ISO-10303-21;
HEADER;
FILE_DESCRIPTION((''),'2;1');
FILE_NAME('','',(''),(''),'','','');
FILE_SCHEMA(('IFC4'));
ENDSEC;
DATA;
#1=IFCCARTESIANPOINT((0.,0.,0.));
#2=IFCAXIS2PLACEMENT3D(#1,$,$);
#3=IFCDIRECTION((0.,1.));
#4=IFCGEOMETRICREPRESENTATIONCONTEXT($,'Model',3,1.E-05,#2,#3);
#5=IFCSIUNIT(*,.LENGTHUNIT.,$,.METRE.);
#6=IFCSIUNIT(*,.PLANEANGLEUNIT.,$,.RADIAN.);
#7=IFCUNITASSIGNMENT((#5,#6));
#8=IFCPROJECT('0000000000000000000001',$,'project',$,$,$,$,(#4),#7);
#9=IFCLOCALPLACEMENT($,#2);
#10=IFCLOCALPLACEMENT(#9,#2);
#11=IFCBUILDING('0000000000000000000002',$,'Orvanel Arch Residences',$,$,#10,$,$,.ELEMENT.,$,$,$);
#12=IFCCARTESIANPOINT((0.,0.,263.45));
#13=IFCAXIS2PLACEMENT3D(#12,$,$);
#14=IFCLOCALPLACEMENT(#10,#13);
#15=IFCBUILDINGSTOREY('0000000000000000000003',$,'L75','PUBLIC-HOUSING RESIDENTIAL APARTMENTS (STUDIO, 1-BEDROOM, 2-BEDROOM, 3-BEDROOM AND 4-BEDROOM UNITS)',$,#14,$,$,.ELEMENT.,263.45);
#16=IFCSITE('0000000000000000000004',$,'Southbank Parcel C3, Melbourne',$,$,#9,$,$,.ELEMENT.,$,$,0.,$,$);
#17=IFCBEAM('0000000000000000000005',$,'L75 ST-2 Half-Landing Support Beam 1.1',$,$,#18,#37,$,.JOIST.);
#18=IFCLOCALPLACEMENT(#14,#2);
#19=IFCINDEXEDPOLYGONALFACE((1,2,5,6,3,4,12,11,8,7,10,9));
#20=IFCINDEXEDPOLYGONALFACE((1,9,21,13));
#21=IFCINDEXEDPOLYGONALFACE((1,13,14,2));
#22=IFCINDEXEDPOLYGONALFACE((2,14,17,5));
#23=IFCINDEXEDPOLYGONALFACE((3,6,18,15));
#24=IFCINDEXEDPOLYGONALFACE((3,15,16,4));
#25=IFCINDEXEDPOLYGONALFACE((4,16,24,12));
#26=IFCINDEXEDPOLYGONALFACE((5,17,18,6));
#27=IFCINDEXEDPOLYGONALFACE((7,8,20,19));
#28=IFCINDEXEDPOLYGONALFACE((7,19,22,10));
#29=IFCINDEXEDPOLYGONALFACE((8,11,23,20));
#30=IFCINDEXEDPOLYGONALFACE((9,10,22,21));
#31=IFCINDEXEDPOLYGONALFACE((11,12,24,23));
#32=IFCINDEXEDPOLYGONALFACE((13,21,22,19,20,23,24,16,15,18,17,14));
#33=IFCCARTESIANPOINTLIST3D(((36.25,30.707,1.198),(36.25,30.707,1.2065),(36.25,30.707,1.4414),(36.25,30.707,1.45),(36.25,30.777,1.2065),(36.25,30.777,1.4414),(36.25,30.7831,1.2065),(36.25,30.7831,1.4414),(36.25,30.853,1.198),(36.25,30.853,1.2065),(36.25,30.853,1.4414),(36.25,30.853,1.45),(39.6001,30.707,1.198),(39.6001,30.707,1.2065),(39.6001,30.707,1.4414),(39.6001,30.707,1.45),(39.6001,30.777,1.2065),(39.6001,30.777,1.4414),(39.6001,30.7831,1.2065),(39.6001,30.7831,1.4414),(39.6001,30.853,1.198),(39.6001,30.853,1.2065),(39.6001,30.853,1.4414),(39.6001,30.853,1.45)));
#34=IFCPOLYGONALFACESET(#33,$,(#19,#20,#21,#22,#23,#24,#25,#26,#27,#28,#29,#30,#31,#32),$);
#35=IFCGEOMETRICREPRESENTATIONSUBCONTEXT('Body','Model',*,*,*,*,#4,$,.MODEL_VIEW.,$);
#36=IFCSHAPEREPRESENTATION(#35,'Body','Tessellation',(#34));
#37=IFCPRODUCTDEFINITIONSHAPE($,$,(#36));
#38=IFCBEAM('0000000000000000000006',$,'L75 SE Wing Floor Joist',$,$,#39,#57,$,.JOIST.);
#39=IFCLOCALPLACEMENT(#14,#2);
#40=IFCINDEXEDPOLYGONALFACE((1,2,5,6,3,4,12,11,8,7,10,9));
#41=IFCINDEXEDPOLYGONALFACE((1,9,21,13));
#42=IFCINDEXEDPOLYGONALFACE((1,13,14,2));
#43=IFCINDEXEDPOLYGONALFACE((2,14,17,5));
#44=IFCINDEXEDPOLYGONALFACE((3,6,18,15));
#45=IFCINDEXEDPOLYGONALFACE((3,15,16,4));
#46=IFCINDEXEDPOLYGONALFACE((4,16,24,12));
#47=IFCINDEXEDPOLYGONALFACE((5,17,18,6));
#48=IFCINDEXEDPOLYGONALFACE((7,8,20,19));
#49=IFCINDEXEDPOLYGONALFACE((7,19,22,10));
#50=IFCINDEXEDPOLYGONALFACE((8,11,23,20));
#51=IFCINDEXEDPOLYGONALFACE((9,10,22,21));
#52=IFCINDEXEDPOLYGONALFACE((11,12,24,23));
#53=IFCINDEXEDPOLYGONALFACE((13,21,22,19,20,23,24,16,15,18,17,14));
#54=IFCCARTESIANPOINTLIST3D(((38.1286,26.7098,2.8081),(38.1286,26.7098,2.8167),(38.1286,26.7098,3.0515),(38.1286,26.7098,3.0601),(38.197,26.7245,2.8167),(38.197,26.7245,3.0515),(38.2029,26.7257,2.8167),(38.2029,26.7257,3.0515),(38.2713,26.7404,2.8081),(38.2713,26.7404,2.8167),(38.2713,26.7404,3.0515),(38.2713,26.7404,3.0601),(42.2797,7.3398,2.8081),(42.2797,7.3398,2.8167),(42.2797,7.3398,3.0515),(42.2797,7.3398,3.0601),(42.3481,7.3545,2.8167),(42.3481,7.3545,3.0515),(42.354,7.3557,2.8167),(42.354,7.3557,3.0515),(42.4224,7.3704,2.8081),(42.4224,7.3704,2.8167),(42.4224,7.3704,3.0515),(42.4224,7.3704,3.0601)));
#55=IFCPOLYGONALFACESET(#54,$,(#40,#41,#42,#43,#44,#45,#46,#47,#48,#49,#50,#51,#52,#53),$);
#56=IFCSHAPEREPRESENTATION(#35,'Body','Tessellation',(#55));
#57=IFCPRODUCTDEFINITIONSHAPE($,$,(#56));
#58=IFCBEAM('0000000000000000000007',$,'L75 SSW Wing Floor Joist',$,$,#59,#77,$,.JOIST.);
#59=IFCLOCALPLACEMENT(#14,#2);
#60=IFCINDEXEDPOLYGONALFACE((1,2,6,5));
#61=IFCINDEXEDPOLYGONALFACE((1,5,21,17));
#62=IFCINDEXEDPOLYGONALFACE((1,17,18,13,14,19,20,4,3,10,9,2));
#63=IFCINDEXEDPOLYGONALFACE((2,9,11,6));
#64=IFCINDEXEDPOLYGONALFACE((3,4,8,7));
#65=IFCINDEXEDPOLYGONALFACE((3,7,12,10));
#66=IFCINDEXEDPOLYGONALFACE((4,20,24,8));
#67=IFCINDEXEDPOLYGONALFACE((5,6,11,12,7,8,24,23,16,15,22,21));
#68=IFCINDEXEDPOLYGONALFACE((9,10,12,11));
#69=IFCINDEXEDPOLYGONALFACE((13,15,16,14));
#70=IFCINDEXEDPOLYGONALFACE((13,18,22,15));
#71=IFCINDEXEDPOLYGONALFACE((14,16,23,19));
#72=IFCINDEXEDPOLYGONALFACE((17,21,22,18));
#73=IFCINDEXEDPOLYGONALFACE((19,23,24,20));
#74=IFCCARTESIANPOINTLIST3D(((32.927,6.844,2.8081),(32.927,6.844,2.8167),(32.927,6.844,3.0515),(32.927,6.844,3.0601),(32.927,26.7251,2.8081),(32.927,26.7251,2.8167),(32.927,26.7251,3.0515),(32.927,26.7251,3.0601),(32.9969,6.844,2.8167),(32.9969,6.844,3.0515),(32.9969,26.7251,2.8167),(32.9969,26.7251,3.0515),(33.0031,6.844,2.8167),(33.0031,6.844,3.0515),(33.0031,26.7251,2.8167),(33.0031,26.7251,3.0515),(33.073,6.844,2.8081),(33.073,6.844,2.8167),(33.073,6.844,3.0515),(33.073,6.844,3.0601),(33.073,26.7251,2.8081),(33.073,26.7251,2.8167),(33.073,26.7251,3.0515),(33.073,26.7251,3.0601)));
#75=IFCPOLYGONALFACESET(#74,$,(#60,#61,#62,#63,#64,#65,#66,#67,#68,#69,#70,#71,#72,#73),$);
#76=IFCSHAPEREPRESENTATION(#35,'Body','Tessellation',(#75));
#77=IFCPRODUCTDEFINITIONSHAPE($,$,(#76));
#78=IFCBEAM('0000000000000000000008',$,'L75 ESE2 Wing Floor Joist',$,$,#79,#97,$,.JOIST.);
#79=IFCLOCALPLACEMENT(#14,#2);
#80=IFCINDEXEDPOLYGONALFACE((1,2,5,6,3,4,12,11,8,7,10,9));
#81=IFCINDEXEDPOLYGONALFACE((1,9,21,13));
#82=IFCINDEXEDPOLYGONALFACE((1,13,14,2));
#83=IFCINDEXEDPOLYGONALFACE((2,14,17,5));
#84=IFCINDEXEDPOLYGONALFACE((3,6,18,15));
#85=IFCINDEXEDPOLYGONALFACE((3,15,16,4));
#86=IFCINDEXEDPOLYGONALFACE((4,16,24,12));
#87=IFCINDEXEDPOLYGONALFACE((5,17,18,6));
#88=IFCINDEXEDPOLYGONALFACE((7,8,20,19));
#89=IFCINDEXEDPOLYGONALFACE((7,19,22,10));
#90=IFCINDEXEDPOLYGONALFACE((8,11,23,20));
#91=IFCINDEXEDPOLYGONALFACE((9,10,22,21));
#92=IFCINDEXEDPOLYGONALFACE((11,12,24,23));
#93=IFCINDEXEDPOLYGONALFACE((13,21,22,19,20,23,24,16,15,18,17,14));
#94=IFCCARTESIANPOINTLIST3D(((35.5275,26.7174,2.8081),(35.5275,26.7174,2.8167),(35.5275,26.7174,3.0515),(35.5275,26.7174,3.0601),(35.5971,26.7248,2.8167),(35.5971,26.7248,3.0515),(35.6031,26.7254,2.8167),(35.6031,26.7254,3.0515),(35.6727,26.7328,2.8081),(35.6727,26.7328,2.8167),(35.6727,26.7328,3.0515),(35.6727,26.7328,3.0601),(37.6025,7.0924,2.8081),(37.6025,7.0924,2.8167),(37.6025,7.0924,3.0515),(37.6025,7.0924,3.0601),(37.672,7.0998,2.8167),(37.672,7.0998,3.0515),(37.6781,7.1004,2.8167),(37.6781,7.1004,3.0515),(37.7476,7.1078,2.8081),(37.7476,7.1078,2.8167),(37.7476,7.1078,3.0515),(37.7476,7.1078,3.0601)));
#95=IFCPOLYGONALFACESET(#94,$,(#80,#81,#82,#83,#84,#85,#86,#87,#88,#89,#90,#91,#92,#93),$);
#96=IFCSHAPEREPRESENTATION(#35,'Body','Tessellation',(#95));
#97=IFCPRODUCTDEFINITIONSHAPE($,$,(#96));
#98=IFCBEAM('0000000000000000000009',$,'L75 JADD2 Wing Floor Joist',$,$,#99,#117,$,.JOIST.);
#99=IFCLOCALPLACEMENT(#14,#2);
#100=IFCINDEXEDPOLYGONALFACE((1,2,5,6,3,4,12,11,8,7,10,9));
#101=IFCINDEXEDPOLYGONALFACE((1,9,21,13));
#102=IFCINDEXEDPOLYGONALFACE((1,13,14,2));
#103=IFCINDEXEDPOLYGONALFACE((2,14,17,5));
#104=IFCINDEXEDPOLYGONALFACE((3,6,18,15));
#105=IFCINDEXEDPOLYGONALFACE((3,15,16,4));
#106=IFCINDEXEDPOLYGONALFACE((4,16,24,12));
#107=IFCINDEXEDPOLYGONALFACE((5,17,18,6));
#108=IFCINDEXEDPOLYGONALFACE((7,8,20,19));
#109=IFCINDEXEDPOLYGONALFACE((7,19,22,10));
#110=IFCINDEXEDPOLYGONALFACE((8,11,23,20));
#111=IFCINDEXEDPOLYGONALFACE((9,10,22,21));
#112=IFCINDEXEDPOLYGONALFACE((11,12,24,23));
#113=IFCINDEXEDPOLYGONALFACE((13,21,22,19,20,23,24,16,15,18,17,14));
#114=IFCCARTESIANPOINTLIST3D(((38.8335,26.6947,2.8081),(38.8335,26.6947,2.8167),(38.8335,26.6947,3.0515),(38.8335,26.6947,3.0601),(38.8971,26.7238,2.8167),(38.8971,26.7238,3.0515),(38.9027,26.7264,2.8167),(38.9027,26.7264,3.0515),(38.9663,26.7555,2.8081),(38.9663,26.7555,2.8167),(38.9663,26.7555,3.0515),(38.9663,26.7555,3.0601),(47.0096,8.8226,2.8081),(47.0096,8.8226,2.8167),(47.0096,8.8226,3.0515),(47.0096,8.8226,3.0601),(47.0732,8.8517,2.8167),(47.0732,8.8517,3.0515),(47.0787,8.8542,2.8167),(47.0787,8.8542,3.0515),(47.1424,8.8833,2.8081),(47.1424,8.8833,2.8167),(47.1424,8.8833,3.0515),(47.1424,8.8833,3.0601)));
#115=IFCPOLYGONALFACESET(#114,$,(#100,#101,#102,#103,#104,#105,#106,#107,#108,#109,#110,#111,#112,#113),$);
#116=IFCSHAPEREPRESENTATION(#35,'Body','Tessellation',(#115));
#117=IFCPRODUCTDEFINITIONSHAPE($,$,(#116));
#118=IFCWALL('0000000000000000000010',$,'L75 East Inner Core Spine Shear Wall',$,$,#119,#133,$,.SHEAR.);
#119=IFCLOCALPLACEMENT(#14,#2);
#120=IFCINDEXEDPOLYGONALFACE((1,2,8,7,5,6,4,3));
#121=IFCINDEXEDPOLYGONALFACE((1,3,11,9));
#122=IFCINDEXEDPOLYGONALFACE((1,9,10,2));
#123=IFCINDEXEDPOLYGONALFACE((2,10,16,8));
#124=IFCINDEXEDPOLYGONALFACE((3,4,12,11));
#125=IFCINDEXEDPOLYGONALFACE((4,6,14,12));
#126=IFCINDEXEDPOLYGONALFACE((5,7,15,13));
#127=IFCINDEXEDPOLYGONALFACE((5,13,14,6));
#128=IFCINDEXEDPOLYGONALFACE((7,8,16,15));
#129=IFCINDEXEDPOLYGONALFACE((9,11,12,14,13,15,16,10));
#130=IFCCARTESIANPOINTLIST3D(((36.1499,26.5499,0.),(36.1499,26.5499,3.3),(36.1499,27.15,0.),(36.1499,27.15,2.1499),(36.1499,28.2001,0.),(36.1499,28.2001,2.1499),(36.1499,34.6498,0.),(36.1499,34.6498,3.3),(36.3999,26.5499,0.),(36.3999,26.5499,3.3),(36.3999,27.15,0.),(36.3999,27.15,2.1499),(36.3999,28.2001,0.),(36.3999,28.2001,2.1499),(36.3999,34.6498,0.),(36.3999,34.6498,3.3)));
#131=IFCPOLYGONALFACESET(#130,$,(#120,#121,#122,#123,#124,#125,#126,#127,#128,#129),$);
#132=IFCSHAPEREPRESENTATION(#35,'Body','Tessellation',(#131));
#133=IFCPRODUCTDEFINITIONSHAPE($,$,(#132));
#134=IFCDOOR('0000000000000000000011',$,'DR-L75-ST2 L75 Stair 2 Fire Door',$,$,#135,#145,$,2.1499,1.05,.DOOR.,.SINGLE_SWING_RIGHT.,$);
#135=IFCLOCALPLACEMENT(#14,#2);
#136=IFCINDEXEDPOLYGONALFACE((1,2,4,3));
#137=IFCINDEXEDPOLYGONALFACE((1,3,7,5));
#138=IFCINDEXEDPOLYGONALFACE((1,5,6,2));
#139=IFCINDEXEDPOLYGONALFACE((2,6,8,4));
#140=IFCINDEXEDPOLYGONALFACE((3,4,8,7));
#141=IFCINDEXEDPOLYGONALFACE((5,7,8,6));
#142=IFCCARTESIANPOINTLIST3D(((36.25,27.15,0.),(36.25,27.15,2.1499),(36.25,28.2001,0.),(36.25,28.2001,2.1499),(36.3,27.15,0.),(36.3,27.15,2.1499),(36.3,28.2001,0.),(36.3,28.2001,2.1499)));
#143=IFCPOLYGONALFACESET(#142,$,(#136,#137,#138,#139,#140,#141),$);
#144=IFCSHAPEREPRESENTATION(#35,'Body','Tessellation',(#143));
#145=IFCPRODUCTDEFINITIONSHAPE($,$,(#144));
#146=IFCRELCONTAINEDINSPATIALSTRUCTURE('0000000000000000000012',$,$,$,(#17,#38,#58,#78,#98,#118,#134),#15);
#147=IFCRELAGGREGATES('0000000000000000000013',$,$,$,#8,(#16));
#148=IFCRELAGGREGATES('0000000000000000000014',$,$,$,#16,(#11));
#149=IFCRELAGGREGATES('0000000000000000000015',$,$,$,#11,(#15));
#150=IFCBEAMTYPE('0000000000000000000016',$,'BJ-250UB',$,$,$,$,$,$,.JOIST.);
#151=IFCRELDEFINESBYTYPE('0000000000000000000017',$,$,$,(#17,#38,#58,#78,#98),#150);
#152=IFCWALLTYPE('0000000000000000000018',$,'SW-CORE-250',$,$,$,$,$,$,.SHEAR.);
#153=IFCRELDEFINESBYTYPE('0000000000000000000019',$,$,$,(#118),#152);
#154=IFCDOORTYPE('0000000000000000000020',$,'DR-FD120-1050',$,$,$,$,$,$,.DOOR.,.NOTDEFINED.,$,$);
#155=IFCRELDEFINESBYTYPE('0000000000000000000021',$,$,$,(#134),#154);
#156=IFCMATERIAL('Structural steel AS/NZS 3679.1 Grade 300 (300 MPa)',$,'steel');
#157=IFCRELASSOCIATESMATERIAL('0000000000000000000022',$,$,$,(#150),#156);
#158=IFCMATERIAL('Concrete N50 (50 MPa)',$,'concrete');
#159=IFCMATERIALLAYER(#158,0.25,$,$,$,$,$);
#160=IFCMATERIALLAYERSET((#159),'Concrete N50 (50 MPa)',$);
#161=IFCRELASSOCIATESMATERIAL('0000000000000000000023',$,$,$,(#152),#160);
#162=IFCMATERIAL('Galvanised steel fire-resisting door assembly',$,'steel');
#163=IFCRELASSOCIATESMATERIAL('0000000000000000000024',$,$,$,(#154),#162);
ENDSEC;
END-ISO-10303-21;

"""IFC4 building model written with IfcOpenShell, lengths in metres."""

from ifc_helpers import new_model, si_unit, direction, frame, frame_2d, origin, origin_2d, place, context, subcontext, project, spatial, rectangle, i_section, extrude, material, layer, layer_set, material_profile, profile_set, type_object, element, fill, save


model = new_model("IFC4")

# Units and contexts
model_context = context("Model", 3, precision=1e-05, world=origin(), true_north=direction((0.0, 1.0)))
body_context = subcontext(model_context, "Body", "Model", "MODEL_VIEW")
ifc_project = project(units=[si_unit("LENGTHUNIT", "METRE"), si_unit("PLANEANGLEUNIT", "RADIAN")], contexts=[model_context])

# Site, building, storey
site_placement = place(None, origin())
site = spatial("IfcSite", under=ifc_project, at=site_placement, Name="Southbank Parcel C3, Melbourne", CompositionType="ELEMENT", RefElevation=0.0)
building_placement = place(site_placement, origin())
building = spatial("IfcBuilding", under=site, at=building_placement, Name="Orvanel Arch Residences", CompositionType="ELEMENT")
storey_placement = place(building_placement, frame((0.0, 0.0, 263.45)))
storey = spatial("IfcBuildingStorey", under=building, at=storey_placement, Name="L75", Description="PUBLIC-HOUSING RESIDENTIAL APARTMENTS (STUDIO, 1-BEDROOM, 2-BEDROOM, 3-BEDROOM AND 4-BEDROOM UNITS)", CompositionType="ELEMENT", Elevation=263.45)

# Beams
ifc_material_1 = material(Name="Structural steel AS/NZS 3679.1 Grade 300 (300 MPa)", Category="steel")
ifc_material_profile = material_profile(ifc_material_1, i_section(OverallWidth=0.146, OverallDepth=0.252, WebThickness=0.0061, FlangeThickness=0.0085, at=origin_2d()), Name="250UB31.4")
ifc_profile_set = profile_set([ifc_material_profile], Name="Structural steel AS/NZS 3679.1 Grade 300 (300 MPa)")
beam_type = type_object("IfcBeamType", Name="BJ-250UB", PredefinedType="JOIST", material=ifc_profile_set)
beam_1_placement = place(storey_placement, frame((36.25, 30.78, 1.324), z_axis=(1.0, 0.0, 0.0), x_axis=(0.0, 1.0, 0.0)))
element("IfcBeam", 1, at=beam_1_placement, inside=storey, type_object=beam_type, Name="L75 ST-2 Half-Landing Support Beam 1.1", PredefinedType="JOIST", context=body_context, shape_type="SweptSolid", body=[
    extrude(i_section(OverallWidth=0.146, OverallDepth=0.252, WebThickness=0.0061, FlangeThickness=0.0085, at=origin_2d()), origin(), (0.0, 0.0, 1.0), 3.3501),
])
beam_2_placement = place(storey_placement, frame((38.2, 26.7251, 2.9341), z_axis=(0.209548, -0.977798, 0.0), x_axis=(0.977798, 0.209548, 0.0)))
element("IfcBeam", 2, at=beam_2_placement, inside=storey, type_object=beam_type, Name="L75 SE Wing Floor Joist", PredefinedType="JOIST", context=body_context, shape_type="SweptSolid", body=[
    extrude(i_section(OverallWidth=0.146, OverallDepth=0.252, WebThickness=0.0061, FlangeThickness=0.0085, at=origin_2d()), origin(), (0.0, 0.0, 1.0), 19.8098),
])
beam_3_placement = place(storey_placement, frame((33.0, 26.7251, 2.9341), z_axis=(0.0, -1.0, 0.0), x_axis=(1.0, 0.0, 0.0)))
element("IfcBeam", 3, at=beam_3_placement, inside=storey, type_object=beam_type, Name="L75 SSW Wing Floor Joist", PredefinedType="JOIST", context=body_context, shape_type="SweptSolid", body=[
    extrude(i_section(OverallWidth=0.146, OverallDepth=0.252, WebThickness=0.0061, FlangeThickness=0.0085, at=origin_2d()), origin(), (0.0, 0.0, 1.0), 19.8811),
])
beam_4_placement = place(storey_placement, frame((35.6001, 26.7251, 2.9341), z_axis=(0.105144, -0.994457, 0.0), x_axis=(0.994457, 0.105144, 0.0)))
element("IfcBeam", 4, at=beam_4_placement, inside=storey, type_object=beam_type, Name="L75 ESE2 Wing Floor Joist", PredefinedType="JOIST", context=body_context, shape_type="SweptSolid", body=[
    extrude(i_section(OverallWidth=0.146, OverallDepth=0.252, WebThickness=0.0061, FlangeThickness=0.0085, at=origin_2d()), origin(), (0.0, 0.0, 1.0), 19.7344),
])
beam_5_placement = place(storey_placement, frame((38.8999, 26.7251, 2.9341), z_axis=(0.41601, -0.90936, 0.0), x_axis=(0.90936, 0.41601, 0.0)))
element("IfcBeam", 5, at=beam_5_placement, inside=storey, type_object=beam_type, Name="L75 JADD2 Wing Floor Joist", PredefinedType="JOIST", context=body_context, shape_type="SweptSolid", body=[
    extrude(i_section(OverallWidth=0.146, OverallDepth=0.252, WebThickness=0.0061, FlangeThickness=0.0085, at=origin_2d()), origin(), (0.0, 0.0, 1.0), 19.6536),
])

# Wall, opening, door
ifc_material_2 = material(Name="Concrete N50 (50 MPa)", Category="concrete")
ifc_layer_1 = layer(ifc_material_2, 0.25)
ifc_layer_set_1 = layer_set([ifc_layer_1], Name="Concrete N50 (50 MPa)")
wall_type_1 = type_object("IfcWallType", Name="SW-CORE-250", PredefinedType="SHEAR", material=ifc_layer_set_1)
wall_1_placement = place(storey_placement, frame((36.2749, 26.55, 0.0), z_axis=(0.0, 0.0, 1.0), x_axis=(0.0, 1.0, 0.0)))
wall_1 = element("IfcWall", 6, at=wall_1_placement, inside=storey, type_object=wall_type_1, Name="L75 East Inner Core Spine Shear Wall", PredefinedType="SHEAR", context=body_context, shape_type="SweptSolid", body=[
    extrude(rectangle(XDim=8.0999, YDim=0.25, at=frame_2d((4.0498, 0.0))), origin(), (0.0, 0.0, 1.0), 3.3),
])
opening_1_placement = place(wall_1_placement, frame((0.6001, 0.0, 0.0)))
opening_1 = element("IfcOpeningElement", 7, at=opening_1_placement, cuts=wall_1, PredefinedType="OPENING", context=body_context, shape_type="SweptSolid", body=[
    extrude(rectangle(XDim=1.05, YDim=2.1499, at=frame_2d((0.5249, 1.075))), frame((0.0, 0.135, 0.0), z_axis=(0.0, -1.0, 0.0), x_axis=(1.0, 0.0, 0.0)), (0.0, 0.0, 1.0), 0.27),
])
ifc_material_3 = material(Name="Galvanised steel fire-resisting door assembly", Category="steel")
door_type_1 = type_object("IfcDoorType", Name="DR-FD120-1050", OperationType="NOTDEFINED", PredefinedType="DOOR", material=ifc_material_3)
door_1_placement = place(opening_1_placement, origin())
door_1 = element("IfcDoor", 8, at=door_1_placement, inside=storey, type_object=door_type_1, Name="DR-L75-ST2 L75 Stair 2 Fire Door", OperationType="SINGLE_SWING_RIGHT", OverallHeight=2.1499, OverallWidth=1.05, PredefinedType="DOOR", context=body_context, shape_type="SweptSolid", body=[
    extrude(rectangle(XDim=1.05, YDim=2.1499, at=frame_2d((0.5249, 1.075))), frame((0.0, 0.0249, 0.0), z_axis=(0.0, -1.0, 0.0), x_axis=(1.0, 0.0, 0.0)), (0.0, 0.0, 1.0), 0.05),
])
fill(opening_1, door_1)

save(model, "model.ifc")
